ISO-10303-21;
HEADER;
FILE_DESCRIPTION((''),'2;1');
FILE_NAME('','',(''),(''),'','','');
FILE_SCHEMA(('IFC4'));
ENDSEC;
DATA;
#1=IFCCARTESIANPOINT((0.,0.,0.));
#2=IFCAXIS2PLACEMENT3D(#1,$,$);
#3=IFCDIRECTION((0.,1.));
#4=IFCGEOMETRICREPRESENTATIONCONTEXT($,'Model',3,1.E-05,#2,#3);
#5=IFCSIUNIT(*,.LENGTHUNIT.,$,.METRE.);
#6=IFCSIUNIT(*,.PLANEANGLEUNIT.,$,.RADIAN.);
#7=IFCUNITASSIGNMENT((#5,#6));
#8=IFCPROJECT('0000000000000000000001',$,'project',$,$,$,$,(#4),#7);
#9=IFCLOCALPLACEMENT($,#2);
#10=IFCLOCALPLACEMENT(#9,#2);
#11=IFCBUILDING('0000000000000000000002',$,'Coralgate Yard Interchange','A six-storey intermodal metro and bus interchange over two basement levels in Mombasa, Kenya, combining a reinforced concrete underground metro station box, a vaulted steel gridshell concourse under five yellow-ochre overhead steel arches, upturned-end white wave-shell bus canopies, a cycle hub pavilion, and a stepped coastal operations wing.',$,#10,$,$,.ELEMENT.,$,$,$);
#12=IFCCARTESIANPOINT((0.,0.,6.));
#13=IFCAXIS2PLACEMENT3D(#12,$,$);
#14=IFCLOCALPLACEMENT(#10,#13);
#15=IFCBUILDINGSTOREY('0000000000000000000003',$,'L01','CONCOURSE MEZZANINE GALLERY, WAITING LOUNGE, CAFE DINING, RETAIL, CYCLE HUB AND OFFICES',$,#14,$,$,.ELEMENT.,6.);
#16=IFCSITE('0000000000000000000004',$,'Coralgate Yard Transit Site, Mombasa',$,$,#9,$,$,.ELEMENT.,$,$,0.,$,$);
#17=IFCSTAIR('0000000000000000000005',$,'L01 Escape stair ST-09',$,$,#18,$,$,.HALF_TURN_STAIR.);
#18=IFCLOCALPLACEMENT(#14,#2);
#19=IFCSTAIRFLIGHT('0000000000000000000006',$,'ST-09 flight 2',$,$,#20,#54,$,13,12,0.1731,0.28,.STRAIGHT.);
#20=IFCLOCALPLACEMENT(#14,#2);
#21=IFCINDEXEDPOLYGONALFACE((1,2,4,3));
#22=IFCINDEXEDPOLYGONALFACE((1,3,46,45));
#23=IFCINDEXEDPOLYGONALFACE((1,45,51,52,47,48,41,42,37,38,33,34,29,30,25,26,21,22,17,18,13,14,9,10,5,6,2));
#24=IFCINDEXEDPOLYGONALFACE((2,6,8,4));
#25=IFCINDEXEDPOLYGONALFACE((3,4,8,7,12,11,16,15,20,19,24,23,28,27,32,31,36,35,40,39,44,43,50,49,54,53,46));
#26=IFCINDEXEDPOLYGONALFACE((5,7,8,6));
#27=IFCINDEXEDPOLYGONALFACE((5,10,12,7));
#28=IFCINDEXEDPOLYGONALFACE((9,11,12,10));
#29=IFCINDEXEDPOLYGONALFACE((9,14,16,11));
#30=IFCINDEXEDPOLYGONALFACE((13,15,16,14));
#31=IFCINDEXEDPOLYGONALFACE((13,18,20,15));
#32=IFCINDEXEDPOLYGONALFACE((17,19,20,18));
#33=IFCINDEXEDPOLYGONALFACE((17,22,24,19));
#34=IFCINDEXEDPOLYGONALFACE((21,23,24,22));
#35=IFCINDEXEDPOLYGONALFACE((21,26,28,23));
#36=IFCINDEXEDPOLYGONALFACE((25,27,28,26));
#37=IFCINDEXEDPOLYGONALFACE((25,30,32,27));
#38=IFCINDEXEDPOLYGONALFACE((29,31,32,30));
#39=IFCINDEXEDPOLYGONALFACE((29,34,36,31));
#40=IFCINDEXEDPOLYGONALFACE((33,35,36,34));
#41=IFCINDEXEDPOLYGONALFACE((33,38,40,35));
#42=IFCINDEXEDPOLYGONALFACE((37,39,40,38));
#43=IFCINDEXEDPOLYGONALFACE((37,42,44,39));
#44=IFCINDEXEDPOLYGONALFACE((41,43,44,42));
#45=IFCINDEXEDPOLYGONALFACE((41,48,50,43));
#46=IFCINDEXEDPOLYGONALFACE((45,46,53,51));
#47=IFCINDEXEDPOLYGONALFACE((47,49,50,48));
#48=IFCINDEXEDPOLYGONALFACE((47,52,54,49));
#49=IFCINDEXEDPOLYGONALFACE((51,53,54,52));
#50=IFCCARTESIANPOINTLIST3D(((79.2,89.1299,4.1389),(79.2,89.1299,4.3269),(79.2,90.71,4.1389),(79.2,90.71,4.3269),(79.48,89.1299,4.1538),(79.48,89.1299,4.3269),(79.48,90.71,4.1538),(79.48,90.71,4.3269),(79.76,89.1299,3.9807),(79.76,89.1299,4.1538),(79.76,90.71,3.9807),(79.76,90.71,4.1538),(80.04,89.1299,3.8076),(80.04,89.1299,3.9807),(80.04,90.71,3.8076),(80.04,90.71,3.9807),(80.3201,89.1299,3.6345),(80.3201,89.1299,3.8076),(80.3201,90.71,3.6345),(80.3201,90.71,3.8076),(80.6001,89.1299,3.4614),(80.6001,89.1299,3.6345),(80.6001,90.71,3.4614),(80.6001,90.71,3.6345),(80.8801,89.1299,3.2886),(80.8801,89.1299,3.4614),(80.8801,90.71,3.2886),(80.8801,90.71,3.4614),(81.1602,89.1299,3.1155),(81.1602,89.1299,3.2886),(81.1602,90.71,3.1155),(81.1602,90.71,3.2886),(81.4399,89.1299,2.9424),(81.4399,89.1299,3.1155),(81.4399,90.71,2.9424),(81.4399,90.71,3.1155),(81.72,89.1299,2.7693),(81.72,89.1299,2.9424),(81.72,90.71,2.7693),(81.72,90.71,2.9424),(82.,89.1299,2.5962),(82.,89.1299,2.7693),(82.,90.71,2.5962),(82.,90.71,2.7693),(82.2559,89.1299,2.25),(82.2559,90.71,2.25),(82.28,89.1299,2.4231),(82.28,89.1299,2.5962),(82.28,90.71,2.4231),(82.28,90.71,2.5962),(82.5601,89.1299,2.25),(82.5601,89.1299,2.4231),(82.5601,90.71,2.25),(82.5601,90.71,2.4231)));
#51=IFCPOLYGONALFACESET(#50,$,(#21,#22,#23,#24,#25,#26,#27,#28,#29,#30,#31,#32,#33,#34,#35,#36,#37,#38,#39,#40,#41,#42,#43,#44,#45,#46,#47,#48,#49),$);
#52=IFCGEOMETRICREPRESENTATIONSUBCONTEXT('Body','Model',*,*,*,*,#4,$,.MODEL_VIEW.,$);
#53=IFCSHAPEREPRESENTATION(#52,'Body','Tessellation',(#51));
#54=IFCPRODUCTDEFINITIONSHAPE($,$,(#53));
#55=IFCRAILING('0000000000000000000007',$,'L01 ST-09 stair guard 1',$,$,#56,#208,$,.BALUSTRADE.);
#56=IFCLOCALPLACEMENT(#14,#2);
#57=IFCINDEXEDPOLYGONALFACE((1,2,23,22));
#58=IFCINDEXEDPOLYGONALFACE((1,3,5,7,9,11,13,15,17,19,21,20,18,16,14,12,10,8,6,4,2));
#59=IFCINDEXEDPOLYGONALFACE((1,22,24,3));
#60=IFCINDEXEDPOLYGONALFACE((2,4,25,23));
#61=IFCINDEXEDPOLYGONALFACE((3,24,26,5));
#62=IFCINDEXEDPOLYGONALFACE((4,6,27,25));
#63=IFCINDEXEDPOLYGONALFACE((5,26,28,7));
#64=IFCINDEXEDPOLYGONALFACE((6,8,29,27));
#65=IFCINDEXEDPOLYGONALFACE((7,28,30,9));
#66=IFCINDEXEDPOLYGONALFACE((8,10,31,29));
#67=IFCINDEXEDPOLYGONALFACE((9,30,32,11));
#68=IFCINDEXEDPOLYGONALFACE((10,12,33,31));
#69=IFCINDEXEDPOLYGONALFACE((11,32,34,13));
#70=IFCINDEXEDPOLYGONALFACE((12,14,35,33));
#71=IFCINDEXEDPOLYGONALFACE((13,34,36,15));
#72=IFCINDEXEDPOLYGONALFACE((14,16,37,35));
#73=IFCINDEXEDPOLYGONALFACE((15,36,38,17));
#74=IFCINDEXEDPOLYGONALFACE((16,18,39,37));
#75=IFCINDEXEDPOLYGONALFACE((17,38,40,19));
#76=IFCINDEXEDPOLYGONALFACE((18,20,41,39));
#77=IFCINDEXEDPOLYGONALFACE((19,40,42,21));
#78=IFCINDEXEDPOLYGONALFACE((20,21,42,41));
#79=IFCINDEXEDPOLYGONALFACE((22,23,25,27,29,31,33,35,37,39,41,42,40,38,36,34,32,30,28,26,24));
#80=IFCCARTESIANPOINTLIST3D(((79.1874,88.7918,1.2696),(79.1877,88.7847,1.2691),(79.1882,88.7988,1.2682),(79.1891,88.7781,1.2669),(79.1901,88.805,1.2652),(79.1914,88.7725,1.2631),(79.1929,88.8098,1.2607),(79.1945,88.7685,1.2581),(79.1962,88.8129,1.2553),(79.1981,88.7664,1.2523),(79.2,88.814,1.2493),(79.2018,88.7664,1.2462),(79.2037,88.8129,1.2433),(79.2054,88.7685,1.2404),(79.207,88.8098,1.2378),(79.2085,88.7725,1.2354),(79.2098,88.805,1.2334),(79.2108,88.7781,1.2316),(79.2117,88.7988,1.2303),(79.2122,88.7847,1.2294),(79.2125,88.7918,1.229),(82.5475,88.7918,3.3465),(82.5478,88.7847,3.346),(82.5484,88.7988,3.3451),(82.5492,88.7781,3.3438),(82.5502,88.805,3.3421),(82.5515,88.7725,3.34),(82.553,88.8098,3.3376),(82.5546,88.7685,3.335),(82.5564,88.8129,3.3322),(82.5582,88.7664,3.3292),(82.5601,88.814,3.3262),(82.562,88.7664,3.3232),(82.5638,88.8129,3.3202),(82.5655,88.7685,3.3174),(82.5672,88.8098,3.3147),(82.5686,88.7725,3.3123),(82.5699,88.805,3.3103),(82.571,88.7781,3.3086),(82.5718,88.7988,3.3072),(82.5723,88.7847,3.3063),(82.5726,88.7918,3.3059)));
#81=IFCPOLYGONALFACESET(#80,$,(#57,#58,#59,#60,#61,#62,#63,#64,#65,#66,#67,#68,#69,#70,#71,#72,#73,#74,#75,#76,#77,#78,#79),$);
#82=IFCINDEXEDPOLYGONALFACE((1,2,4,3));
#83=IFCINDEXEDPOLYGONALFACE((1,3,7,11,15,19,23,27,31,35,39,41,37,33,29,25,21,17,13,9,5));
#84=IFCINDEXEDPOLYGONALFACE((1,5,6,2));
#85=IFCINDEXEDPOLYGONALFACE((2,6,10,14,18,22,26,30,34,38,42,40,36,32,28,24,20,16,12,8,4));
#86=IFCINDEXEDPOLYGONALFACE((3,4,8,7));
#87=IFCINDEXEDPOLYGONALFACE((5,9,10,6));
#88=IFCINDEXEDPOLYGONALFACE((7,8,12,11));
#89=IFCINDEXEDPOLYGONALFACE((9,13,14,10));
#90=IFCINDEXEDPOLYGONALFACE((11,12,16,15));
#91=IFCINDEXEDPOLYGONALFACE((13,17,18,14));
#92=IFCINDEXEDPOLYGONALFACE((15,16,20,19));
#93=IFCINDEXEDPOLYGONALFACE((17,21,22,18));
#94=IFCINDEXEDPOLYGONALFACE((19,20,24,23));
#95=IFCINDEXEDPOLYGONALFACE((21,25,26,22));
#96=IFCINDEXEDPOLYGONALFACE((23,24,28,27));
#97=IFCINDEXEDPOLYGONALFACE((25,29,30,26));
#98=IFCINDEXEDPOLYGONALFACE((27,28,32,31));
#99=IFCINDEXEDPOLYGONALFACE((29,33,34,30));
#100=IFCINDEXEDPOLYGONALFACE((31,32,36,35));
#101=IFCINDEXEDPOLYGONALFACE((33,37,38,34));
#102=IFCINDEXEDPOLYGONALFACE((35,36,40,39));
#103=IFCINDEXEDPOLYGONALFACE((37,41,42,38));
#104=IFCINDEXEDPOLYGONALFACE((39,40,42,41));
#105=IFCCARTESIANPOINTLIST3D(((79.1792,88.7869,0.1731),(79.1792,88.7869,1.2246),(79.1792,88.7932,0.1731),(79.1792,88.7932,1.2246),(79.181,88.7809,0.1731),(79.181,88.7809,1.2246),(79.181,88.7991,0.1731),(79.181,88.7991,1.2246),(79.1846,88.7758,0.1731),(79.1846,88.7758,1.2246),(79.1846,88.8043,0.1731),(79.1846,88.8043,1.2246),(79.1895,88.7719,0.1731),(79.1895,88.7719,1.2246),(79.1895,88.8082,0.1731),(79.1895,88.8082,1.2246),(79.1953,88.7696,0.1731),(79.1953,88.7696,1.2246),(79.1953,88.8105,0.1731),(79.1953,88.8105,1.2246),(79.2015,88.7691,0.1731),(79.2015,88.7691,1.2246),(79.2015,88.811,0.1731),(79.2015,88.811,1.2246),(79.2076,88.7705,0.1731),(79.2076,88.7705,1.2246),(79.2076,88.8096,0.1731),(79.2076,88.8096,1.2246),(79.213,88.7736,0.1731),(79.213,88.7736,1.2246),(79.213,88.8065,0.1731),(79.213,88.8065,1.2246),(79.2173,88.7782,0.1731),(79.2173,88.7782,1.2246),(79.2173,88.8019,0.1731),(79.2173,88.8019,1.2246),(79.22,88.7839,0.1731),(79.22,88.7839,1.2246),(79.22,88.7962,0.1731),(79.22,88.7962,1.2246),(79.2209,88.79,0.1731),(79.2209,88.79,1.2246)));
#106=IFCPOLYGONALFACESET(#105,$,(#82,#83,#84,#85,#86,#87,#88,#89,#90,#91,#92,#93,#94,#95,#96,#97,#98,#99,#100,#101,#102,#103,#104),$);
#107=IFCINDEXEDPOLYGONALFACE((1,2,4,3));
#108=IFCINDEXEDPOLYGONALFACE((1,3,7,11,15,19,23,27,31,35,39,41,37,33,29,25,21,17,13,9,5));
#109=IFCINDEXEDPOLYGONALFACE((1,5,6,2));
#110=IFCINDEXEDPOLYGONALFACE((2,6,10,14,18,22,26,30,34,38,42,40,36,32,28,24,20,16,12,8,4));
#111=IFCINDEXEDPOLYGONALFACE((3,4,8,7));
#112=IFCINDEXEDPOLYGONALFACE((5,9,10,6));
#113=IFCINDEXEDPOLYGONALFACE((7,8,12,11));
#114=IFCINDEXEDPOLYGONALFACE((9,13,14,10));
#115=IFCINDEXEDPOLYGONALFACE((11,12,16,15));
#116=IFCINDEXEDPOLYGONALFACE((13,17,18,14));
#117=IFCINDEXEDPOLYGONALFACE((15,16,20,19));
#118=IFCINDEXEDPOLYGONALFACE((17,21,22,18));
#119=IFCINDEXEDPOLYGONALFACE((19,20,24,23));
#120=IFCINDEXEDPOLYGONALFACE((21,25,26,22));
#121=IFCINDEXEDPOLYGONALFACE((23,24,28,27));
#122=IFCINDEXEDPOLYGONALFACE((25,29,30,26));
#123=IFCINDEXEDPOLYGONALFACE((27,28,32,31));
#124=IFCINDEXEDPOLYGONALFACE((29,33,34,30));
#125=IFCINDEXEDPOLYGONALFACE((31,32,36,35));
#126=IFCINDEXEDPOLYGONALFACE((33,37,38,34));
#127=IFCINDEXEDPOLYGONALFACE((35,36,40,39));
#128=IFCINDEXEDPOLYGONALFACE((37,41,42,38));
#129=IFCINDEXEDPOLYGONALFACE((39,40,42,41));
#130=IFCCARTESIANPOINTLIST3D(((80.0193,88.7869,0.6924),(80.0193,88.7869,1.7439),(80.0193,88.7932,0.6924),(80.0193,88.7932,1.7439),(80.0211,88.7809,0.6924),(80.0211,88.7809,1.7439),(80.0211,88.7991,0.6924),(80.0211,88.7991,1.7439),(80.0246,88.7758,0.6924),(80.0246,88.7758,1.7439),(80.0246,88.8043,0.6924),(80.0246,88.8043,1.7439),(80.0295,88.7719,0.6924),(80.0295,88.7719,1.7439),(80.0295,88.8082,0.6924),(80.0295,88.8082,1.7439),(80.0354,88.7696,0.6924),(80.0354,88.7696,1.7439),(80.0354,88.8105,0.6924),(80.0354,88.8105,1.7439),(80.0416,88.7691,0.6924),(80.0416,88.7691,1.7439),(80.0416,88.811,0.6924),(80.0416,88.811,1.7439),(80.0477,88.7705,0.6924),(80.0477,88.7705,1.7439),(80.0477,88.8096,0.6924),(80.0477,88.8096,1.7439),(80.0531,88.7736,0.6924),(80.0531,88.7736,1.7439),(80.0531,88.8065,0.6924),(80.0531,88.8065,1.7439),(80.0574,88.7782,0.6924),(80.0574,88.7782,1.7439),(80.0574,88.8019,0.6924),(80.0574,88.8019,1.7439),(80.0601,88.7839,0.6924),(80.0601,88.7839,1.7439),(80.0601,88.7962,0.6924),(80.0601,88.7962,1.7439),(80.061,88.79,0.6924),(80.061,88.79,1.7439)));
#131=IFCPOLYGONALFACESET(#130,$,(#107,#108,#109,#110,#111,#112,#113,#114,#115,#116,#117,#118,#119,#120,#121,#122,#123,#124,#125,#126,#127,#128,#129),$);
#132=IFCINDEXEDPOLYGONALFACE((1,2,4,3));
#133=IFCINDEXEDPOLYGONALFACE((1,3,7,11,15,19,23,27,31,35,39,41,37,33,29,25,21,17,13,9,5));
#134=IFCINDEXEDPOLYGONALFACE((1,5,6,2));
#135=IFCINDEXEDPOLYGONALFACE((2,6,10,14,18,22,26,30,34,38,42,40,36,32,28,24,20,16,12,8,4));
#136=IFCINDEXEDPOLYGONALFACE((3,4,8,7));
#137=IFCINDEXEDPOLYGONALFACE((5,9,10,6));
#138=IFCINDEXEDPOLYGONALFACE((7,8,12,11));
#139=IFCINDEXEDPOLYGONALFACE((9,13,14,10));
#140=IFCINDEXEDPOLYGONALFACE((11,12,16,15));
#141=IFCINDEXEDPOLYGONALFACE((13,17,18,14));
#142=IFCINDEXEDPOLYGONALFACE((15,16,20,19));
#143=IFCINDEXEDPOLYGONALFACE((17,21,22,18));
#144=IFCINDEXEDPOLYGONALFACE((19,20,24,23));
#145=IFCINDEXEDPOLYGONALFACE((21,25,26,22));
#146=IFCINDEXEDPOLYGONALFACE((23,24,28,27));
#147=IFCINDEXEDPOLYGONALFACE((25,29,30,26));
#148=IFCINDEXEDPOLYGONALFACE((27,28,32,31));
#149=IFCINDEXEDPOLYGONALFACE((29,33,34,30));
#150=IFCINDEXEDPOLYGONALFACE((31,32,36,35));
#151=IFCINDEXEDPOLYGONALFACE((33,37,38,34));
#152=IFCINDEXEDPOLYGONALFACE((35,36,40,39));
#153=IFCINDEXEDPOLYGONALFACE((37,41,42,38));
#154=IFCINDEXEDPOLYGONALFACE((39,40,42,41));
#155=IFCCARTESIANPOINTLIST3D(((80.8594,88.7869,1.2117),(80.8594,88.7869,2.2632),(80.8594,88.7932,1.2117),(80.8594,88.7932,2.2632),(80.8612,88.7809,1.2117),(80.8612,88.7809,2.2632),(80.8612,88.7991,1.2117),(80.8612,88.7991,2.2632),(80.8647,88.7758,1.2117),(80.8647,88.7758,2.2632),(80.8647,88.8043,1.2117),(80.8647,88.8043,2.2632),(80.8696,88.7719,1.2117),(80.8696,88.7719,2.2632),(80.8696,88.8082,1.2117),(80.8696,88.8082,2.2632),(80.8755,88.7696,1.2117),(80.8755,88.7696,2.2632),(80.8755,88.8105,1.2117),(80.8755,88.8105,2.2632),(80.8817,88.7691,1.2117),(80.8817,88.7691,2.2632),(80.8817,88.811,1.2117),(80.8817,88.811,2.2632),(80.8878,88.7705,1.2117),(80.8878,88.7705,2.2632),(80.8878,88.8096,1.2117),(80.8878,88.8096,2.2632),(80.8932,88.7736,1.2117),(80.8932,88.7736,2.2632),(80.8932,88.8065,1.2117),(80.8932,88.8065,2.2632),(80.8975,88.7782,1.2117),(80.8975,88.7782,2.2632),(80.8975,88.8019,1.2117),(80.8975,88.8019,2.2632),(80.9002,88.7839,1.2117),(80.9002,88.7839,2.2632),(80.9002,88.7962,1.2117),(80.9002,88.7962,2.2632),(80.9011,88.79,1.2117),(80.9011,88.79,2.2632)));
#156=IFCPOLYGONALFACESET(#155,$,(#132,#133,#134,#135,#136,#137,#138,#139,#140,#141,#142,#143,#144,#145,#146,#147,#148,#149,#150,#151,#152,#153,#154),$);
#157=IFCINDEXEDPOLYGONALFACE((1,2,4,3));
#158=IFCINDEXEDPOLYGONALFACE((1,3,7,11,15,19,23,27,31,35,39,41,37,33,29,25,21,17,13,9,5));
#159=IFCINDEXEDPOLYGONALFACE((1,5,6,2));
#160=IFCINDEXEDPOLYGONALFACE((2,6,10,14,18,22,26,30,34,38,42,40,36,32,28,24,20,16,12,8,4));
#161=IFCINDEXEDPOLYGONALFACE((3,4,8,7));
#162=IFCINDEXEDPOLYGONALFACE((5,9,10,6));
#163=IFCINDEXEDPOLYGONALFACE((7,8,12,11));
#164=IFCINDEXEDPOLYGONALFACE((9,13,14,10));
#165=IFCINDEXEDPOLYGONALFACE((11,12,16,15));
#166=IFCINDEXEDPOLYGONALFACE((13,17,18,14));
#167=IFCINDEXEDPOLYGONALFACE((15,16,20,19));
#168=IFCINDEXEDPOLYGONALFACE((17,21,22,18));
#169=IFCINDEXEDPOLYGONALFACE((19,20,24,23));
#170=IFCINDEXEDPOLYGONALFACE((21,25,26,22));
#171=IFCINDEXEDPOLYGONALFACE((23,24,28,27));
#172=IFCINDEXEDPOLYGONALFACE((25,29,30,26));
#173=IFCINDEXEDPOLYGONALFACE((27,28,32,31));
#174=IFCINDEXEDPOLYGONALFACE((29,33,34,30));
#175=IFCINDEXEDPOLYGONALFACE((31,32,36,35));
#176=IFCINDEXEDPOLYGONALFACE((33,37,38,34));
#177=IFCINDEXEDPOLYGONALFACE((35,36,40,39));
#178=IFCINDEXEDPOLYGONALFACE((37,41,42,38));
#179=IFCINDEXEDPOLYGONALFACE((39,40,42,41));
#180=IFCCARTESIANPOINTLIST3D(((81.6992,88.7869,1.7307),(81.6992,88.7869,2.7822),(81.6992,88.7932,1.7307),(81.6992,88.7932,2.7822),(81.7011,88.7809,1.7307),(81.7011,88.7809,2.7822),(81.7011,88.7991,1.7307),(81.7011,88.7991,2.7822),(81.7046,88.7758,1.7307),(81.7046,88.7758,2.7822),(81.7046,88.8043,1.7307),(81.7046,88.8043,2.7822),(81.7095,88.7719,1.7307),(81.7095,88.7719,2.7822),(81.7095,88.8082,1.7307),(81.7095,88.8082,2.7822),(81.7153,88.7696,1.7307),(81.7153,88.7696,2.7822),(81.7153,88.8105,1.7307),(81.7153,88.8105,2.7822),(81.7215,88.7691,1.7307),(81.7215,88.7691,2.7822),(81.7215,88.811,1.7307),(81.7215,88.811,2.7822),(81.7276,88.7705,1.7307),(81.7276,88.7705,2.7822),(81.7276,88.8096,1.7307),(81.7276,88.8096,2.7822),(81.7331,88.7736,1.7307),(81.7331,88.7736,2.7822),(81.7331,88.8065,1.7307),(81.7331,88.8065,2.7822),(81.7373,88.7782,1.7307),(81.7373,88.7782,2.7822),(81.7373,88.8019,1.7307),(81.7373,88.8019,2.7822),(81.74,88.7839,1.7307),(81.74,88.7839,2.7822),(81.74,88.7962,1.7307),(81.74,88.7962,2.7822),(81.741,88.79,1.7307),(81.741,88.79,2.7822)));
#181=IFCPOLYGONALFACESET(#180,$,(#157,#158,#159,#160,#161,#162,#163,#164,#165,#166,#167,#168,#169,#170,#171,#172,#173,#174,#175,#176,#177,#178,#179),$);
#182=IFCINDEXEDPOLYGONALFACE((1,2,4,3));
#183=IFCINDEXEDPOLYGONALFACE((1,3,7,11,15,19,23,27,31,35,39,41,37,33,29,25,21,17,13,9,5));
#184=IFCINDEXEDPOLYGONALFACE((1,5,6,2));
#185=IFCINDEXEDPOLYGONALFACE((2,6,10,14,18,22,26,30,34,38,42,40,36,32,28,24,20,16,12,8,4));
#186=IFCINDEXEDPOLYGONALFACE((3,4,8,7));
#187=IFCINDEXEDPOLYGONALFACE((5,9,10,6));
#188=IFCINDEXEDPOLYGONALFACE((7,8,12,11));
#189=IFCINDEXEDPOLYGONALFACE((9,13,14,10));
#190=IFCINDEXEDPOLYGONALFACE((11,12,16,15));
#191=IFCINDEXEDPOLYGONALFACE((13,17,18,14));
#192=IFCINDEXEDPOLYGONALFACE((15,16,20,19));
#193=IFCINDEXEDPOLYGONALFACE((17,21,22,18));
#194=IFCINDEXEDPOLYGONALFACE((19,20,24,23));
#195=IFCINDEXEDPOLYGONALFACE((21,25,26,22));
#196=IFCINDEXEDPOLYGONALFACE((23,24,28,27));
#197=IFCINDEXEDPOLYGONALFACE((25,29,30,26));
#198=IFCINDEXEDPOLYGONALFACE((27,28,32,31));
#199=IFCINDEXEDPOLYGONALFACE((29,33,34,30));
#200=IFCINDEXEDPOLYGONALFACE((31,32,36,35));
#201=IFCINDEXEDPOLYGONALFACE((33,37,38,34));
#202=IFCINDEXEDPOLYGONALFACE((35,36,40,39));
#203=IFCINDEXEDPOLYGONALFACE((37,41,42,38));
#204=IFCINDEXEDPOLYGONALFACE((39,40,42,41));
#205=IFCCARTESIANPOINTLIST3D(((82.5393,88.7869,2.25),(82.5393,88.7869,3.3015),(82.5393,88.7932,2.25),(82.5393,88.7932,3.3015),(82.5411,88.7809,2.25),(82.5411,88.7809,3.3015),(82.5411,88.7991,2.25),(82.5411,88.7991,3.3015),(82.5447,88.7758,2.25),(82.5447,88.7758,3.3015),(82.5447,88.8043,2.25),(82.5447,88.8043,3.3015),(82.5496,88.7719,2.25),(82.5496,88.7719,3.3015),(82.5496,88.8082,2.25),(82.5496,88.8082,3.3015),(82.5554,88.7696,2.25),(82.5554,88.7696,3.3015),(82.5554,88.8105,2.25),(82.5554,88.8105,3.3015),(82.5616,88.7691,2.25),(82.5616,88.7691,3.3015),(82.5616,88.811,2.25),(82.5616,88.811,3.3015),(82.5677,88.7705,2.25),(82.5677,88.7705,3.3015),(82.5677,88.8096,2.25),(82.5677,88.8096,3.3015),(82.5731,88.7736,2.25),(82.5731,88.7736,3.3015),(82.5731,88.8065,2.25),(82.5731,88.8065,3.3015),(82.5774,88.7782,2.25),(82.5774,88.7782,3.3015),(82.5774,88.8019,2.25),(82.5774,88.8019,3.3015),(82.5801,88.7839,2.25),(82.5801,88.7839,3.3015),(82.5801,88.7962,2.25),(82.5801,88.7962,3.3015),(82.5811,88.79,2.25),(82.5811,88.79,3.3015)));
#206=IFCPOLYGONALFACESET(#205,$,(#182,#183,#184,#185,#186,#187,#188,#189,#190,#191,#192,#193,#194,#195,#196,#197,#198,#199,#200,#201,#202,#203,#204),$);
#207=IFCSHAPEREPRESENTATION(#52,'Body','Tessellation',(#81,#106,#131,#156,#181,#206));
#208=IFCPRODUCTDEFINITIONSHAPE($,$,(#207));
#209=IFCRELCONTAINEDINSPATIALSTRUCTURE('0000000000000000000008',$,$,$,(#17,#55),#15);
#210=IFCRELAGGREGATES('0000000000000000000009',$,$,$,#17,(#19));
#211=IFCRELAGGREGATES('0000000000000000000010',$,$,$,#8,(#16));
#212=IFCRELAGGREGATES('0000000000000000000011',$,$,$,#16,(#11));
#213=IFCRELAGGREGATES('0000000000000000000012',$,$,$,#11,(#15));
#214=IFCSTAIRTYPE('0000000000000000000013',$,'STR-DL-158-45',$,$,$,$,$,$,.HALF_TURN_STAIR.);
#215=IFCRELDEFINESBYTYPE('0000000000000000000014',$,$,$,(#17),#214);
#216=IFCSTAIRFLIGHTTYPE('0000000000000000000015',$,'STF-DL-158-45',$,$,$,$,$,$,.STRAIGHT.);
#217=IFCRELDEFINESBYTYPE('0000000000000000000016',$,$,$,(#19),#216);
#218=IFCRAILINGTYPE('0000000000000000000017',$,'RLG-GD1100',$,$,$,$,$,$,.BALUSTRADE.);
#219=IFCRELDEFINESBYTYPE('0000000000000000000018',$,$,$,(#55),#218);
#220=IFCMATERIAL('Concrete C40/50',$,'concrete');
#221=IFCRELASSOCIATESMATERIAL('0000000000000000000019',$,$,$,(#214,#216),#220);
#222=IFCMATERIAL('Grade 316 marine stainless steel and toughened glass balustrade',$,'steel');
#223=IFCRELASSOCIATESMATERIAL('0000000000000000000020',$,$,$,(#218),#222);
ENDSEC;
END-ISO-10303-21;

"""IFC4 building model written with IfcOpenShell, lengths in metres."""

from ifc_helpers import new_model, si_unit, direction, frame, origin, origin_2d, place, context, subcontext, project, spatial, polyline, circle, outline, extrude, material, type_object, element, aggregate, save


model = new_model("IFC4")

# Units and contexts
model_context = context("Model", 3, precision=1e-05, world=origin(), true_north=direction((0.0, 1.0)))
body_context = subcontext(model_context, "Body", "Model", "MODEL_VIEW")
ifc_project = project(units=[si_unit("LENGTHUNIT", "METRE"), si_unit("PLANEANGLEUNIT", "RADIAN")], contexts=[model_context])

# Site, building, storey
site_placement = place(None, origin())
site = spatial("IfcSite", under=ifc_project, at=site_placement, Name="Coralgate Yard Transit Site, Mombasa", CompositionType="ELEMENT", RefElevation=0.0)
building_placement = place(site_placement, origin())
building = spatial("IfcBuilding", under=site, at=building_placement, Name="Coralgate Yard Interchange", Description="A six-storey intermodal metro and bus interchange over two basement levels in Mombasa, Kenya, combining a reinforced concrete underground metro station box, a vaulted steel gridshell concourse under five yellow-ochre overhead steel arches, upturned-end white wave-shell bus canopies, a cycle hub pavilion, and a stepped coastal operations wing.", CompositionType="ELEMENT")
storey_placement = place(building_placement, frame((0.0, 0.0, 6.0)))
storey = spatial("IfcBuildingStorey", under=building, at=storey_placement, Name="L01", Description="CONCOURSE MEZZANINE GALLERY, WAITING LOUNGE, CAFE DINING, RETAIL, CYCLE HUB AND OFFICES", CompositionType="ELEMENT", Elevation=6.0)

# Shared definitions
ifc_material_1 = material(Name="Concrete C40/50", Category="concrete")

# Stair, stair flight
stair_type = type_object("IfcStairType", Name="STR-DL-158-45", PredefinedType="HALF_TURN_STAIR", material=ifc_material_1)
stair_placement = place(storey_placement, origin())
stair = element("IfcStair", 1, at=stair_placement, inside=storey, type_object=stair_type, Name="L01 Escape stair ST-09", PredefinedType="HALF_TURN_STAIR")
stair_flight_type = type_object("IfcStairFlightType", Name="STF-DL-158-45", PredefinedType="STRAIGHT", material=ifc_material_1)
stair_flight_1_placement = place(storey_placement, frame((82.5601, 89.9199, 2.25), z_axis=(0.0, 0.0, 1.0), x_axis=(-1.0, 0.0, 0.0)))
stair_flight_1 = element("IfcStairFlight", 2, at=stair_flight_1_placement, type_object=stair_flight_type, Name="ST-09 flight 2", NumberOfRisers=13, NumberOfTreads=12, PredefinedType="STRAIGHT", RiserHeight=0.1731, TreadLength=0.28, context=body_context, shape_type="SweptSolid", body=[
    extrude(outline(polyline([(0.0, 0.0), (0.0, 0.1731), (0.28, 0.1731), (0.28, 0.3462), (0.5601, 0.3462), (0.5601, 0.5193), (0.8401, 0.5193), (0.8401, 0.6924), (1.1201, 0.6924), (1.1201, 0.8655), (1.3999, 0.8655), (1.3999, 1.0386), (1.6799, 1.0386), (1.6799, 1.2114), (1.96, 1.2114), (1.96, 1.3845), (2.24, 1.3845), (2.24, 1.5576), (2.52, 1.5576), (2.52, 1.7307), (2.8, 1.7307), (2.8, 1.9038), (3.0801, 1.9038), (3.0801, 2.0769), (3.3601, 2.0769), (3.3601, 2.25), (3.3601, 1.8889), (0.3042, 0.0), (0.0, 0.0)])), frame((0.0, 0.79, 0.0), z_axis=(0.0, -1.0, 0.0), x_axis=(1.0, 0.0, 0.0)), (0.0, 0.0, 1.0), 1.5801),
])
aggregate(stair, [stair_flight_1])

# Railing
ifc_material_2 = material(Name="Grade 316 marine stainless steel and toughened glass balustrade", Category="steel")
railing_type_1 = type_object("IfcRailingType", Name="RLG-GD1100", PredefinedType="BALUSTRADE", material=ifc_material_2)
railing_1_placement = place(storey_placement, frame((79.2, 88.79, 0.1731)))
element("IfcRailing", 3, at=railing_1_placement, inside=storey, type_object=railing_type_1, Name="L01 ST-09 stair guard 1", PredefinedType="BALUSTRADE", context=body_context, shape_type="SweptSolid", body=[
    extrude(circle(Radius=0.0239, at=origin_2d()), frame((0.0, 0.0, 1.0762), z_axis=(0.850623, 0.0, 0.525776), x_axis=(0.0, 1.0, 0.0)), (0.0, 0.0, 1.0), 3.9502),
    extrude(circle(Radius=0.021, at=origin_2d()), origin(), (0.0, 0.0, 1.0), 1.0515),
    extrude(circle(Radius=0.021, at=origin_2d()), frame((0.8401, 0.0, 0.5193)), (0.0, 0.0, 1.0), 1.0515),
    extrude(circle(Radius=0.021, at=origin_2d()), frame((1.6802, 0.0, 1.0386)), (0.0, 0.0, 1.0), 1.0515),
    extrude(circle(Radius=0.021, at=origin_2d()), frame((2.52, 0.0, 1.5576)), (0.0, 0.0, 1.0), 1.0515),
    extrude(circle(Radius=0.021, at=origin_2d()), frame((3.3601, 0.0, 2.0769)), (0.0, 0.0, 1.0), 1.0515),
])

save(model, "model.ifc")
